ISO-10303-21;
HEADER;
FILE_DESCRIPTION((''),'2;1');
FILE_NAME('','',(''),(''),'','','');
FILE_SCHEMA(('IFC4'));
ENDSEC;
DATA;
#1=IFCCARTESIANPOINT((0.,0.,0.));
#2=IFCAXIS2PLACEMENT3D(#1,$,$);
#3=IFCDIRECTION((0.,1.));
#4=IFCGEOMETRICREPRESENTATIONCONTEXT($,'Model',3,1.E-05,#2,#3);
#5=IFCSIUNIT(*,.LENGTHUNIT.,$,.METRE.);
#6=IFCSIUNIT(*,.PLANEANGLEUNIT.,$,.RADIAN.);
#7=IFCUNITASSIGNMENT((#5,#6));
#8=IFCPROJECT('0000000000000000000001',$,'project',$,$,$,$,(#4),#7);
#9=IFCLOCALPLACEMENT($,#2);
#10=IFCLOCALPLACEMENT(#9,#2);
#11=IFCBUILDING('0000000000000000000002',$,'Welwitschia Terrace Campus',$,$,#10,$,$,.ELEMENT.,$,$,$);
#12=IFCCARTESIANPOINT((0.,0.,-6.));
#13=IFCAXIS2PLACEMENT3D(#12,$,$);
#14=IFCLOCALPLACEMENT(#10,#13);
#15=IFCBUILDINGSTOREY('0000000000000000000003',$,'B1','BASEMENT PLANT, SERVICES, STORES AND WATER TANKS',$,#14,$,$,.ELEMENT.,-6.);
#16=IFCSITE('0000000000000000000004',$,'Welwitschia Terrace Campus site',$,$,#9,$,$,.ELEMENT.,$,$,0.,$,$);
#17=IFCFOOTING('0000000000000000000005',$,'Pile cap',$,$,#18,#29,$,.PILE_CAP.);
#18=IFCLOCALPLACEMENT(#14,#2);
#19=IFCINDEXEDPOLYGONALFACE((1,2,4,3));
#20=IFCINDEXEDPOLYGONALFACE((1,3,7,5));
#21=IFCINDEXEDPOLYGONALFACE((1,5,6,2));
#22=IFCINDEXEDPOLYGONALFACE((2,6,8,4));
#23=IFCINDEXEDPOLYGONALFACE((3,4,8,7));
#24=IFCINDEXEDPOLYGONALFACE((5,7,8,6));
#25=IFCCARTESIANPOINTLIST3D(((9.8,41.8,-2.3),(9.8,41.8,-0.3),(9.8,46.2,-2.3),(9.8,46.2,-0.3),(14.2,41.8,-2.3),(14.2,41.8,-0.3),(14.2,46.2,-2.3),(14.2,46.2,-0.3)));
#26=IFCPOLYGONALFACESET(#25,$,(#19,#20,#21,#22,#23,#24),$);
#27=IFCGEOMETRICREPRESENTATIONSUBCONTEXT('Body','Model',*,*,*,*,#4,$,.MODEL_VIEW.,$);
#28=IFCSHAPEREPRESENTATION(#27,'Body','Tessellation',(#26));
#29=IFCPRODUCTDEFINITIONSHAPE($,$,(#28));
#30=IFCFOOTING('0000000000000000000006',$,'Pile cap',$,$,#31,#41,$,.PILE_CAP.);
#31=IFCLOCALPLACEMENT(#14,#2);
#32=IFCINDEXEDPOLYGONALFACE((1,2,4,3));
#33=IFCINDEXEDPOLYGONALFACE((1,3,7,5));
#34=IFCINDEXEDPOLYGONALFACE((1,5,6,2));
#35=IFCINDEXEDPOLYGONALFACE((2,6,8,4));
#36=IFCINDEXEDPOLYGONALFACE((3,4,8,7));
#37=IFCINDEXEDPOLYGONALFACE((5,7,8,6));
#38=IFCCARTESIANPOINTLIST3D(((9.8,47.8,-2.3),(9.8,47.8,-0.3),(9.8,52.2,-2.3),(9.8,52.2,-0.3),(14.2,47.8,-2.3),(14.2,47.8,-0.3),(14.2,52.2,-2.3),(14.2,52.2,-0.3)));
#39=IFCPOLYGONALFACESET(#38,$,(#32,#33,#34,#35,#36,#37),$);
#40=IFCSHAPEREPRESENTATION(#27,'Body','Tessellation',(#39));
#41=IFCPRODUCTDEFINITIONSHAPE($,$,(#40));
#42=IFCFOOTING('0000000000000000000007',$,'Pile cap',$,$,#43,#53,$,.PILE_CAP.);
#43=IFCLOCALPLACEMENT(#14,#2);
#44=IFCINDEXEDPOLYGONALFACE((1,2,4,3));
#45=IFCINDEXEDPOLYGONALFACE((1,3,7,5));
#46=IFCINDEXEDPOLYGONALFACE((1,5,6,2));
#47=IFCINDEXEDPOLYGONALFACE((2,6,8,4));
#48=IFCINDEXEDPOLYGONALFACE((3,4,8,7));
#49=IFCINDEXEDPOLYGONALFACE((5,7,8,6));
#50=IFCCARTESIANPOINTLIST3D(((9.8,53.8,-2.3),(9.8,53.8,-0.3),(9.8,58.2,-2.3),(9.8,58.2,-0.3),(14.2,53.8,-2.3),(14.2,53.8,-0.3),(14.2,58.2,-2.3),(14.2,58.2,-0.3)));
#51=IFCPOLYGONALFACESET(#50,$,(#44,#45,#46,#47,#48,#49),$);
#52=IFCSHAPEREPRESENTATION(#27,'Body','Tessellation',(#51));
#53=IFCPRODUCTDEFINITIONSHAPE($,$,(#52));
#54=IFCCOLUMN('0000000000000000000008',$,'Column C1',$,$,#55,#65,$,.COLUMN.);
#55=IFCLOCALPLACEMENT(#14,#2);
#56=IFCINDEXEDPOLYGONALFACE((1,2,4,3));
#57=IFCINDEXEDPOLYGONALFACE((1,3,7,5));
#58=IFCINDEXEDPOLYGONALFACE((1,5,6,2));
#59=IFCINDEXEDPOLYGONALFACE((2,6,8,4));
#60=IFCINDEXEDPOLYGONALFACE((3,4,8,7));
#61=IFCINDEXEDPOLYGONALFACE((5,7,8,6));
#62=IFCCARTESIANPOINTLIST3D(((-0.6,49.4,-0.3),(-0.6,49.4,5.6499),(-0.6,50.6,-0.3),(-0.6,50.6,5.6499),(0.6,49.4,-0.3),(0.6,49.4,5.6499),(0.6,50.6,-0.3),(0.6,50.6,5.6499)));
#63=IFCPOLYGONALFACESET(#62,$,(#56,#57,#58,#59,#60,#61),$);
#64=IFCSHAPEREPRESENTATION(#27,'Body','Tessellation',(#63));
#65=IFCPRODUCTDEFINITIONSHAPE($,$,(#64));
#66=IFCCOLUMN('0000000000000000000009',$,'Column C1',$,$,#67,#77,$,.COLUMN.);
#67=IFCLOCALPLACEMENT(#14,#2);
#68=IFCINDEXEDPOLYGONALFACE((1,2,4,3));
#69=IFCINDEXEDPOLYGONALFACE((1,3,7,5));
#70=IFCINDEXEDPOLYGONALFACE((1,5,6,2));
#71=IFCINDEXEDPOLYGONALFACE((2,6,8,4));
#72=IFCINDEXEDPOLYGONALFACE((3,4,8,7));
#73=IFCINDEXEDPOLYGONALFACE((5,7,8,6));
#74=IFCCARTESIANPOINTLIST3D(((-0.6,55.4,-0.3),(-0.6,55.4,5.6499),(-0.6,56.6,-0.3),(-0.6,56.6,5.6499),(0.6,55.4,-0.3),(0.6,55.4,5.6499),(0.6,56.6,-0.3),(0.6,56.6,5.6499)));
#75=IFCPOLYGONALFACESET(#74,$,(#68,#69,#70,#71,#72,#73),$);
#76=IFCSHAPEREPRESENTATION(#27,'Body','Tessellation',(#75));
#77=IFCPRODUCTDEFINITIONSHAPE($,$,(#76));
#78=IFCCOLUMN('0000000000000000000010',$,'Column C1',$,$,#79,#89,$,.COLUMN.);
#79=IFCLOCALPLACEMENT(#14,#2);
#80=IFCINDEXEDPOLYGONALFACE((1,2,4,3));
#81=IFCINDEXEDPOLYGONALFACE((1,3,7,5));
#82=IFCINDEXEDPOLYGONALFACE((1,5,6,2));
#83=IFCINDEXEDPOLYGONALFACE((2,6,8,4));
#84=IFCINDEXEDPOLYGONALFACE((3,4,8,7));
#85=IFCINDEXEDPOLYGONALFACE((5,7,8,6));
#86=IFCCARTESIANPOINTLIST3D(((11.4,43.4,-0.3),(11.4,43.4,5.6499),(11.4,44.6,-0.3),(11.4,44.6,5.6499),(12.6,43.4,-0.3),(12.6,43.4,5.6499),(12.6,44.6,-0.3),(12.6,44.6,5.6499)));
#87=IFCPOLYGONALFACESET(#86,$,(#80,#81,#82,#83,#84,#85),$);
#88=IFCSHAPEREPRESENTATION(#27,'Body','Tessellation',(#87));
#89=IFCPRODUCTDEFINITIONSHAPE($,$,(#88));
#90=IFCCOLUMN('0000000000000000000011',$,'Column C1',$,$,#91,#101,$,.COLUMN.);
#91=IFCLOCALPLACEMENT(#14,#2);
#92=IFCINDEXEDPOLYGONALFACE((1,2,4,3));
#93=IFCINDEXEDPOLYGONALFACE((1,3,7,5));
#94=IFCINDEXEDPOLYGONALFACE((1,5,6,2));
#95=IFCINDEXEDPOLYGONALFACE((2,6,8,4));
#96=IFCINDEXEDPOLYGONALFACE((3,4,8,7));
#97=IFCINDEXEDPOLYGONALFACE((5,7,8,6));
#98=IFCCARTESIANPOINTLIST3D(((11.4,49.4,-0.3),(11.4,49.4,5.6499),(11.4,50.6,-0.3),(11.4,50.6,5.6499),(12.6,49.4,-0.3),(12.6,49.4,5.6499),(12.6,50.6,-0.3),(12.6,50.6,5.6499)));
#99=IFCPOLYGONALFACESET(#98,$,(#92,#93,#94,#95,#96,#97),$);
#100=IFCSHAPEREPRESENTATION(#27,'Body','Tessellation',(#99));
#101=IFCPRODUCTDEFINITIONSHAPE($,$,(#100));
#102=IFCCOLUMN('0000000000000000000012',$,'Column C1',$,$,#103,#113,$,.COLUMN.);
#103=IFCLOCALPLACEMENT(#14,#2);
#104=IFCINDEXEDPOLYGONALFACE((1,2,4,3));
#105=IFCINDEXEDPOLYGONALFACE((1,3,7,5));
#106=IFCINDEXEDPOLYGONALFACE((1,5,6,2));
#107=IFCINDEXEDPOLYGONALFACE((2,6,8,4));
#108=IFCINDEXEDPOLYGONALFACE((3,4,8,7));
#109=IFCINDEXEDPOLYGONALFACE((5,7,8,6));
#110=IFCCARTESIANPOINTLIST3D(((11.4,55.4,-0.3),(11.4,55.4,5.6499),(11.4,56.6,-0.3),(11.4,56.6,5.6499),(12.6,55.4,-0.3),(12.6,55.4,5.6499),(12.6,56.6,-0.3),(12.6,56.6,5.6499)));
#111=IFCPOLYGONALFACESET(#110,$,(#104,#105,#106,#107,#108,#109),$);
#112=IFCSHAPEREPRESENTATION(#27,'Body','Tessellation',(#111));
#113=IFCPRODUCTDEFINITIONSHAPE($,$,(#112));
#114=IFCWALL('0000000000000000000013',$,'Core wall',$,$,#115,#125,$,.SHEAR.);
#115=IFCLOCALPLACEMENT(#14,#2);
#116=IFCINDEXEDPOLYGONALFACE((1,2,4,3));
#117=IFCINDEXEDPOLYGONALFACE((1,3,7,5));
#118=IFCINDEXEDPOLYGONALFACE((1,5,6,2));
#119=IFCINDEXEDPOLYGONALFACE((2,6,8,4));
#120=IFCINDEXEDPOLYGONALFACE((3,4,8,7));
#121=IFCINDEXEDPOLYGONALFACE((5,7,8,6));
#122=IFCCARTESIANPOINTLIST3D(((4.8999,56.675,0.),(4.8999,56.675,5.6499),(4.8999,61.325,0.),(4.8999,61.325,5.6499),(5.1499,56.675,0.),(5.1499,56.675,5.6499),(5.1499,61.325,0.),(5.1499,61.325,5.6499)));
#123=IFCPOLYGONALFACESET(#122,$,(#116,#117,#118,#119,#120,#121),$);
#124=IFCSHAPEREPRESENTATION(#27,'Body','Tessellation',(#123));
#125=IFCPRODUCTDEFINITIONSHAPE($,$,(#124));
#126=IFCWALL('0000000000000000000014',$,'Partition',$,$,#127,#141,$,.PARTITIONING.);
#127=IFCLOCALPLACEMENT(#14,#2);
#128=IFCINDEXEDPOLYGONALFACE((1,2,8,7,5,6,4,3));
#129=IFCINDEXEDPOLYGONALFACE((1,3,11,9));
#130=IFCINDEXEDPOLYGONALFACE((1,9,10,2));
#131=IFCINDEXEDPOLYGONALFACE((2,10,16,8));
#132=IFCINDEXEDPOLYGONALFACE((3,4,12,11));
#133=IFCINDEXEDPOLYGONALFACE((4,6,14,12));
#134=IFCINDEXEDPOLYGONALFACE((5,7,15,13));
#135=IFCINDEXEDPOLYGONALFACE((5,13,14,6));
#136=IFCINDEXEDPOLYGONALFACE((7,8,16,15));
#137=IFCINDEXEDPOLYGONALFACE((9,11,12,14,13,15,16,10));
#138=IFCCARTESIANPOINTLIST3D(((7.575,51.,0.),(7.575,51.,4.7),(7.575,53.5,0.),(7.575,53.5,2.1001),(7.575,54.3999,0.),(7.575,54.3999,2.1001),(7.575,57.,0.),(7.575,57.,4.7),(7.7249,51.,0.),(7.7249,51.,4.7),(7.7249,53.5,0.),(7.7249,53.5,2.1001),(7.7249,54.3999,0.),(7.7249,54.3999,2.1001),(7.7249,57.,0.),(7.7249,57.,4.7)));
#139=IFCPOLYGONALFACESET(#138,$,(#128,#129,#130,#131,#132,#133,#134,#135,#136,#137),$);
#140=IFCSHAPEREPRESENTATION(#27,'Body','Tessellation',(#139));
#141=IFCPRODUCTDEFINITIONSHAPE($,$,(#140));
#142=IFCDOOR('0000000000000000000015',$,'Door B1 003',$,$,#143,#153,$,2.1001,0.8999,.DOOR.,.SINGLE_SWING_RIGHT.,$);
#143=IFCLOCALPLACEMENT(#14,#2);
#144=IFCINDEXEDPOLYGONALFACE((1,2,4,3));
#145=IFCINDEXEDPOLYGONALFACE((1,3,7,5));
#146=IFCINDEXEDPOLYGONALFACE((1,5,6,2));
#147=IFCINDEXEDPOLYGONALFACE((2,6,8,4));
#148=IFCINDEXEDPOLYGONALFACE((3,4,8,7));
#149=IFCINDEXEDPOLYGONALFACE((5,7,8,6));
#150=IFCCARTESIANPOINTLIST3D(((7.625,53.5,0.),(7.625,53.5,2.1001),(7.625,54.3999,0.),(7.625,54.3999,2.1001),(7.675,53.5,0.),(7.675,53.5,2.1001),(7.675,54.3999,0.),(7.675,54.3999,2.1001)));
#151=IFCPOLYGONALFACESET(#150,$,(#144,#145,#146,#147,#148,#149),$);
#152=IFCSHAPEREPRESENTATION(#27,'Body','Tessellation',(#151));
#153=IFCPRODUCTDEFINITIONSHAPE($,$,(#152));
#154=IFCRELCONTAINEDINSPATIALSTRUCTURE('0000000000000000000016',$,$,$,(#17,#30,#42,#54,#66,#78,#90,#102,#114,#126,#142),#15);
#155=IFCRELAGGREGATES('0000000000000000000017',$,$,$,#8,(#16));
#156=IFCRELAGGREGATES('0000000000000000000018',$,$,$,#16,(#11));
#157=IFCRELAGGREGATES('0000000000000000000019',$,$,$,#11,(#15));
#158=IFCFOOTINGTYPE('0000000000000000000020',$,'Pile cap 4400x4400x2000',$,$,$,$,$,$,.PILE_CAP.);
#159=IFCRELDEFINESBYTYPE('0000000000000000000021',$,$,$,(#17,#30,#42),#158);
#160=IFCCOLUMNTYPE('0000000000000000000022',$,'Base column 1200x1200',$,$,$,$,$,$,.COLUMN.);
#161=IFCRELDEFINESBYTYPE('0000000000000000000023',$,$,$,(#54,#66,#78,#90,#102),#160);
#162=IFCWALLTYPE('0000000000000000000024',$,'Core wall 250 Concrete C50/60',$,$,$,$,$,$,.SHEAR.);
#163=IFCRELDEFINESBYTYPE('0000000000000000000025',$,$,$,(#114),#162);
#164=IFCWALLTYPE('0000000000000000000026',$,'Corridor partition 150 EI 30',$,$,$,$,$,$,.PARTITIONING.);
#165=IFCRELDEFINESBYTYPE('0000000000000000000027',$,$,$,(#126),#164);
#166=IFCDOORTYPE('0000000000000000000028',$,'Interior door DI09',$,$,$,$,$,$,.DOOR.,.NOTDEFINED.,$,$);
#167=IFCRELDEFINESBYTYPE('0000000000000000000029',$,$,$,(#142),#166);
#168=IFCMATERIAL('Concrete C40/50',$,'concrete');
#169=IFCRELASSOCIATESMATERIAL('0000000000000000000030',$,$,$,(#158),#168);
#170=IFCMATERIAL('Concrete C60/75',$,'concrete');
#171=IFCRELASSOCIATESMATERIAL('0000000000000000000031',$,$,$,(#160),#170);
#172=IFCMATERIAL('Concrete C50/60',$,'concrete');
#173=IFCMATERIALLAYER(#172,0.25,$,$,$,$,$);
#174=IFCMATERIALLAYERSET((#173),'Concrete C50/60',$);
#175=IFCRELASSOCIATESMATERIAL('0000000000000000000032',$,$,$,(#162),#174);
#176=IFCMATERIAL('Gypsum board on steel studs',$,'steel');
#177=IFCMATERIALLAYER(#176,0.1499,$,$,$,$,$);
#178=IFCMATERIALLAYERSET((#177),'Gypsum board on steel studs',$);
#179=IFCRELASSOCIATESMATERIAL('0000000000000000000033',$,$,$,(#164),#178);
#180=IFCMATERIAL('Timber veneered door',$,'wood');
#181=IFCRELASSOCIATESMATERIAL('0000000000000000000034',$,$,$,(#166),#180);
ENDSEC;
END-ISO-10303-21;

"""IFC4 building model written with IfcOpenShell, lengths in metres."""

from ifc_helpers import new_model, si_unit, direction, frame, frame_2d, origin, origin_2d, place, context, subcontext, project, spatial, rectangle, extrude, material, layer, layer_set, material_profile, profile_set, type_object, element, fill, save


model = new_model("IFC4")

# Units and contexts
model_context = context("Model", 3, precision=1e-05, world=origin(), true_north=direction((0.0, 1.0)))
body_context = subcontext(model_context, "Body", "Model", "MODEL_VIEW")
ifc_project = project(units=[si_unit("LENGTHUNIT", "METRE"), si_unit("PLANEANGLEUNIT", "RADIAN")], contexts=[model_context])

# Site, building, storey
site_placement = place(None, origin())
site = spatial("IfcSite", under=ifc_project, at=site_placement, Name="Welwitschia Terrace Campus site", CompositionType="ELEMENT", RefElevation=0.0)
building_placement = place(site_placement, origin())
building = spatial("IfcBuilding", under=site, at=building_placement, Name="Welwitschia Terrace Campus", CompositionType="ELEMENT")
storey_placement = place(building_placement, frame((0.0, 0.0, -6.0)))
storey = spatial("IfcBuildingStorey", under=building, at=storey_placement, Name="B1", Description="BASEMENT PLANT, SERVICES, STORES AND WATER TANKS", CompositionType="ELEMENT", Elevation=-6.0)

# Footings
ifc_material_1 = material(Name="Concrete C40/50", Category="concrete")
footing_type = type_object("IfcFootingType", Name="Pile cap 4400x4400x2000", PredefinedType="PILE_CAP", material=ifc_material_1)
for number, where, z_axis, x_axis, name in (
    (1, (12.0, 44.0, -2.3), (0.0, 0.0, 1.0), (1.0, 0.0, 0.0), "Pile cap"),
    (2, (12.0, 50.0, -2.3), (0.0, 0.0, 1.0), (1.0, 0.0, 0.0), "Pile cap"),
    (3, (12.0, 56.0, -2.3), (0.0, 0.0, 1.0), (1.0, 0.0, 0.0), "Pile cap"),
):
    element("IfcFooting", number, at=place(storey_placement, frame(where, z_axis=z_axis, x_axis=x_axis)), inside=storey, type_object=footing_type, Name=name, PredefinedType="PILE_CAP", context=body_context, shape_type="SweptSolid", body=[
        extrude(rectangle(XDim=4.3999, YDim=4.3999, at=origin_2d()), origin(), (0.0, 0.0, 1.0), 2.0),
    ])

# Columns
ifc_material_2 = material(Name="Concrete C60/75", Category="concrete")
ifc_material_profile = material_profile(ifc_material_2, rectangle(XDim=1.2, YDim=1.2, at=origin_2d()))
ifc_profile_set = profile_set([ifc_material_profile], Name="Concrete C60/75")
column_type = type_object("IfcColumnType", Name="Base column 1200x1200", PredefinedType="COLUMN", material=ifc_profile_set)
for number, where, z_axis, x_axis, name in (
    (4, (0.0, 50.0, -0.3), (0.0, 0.0, 1.0), (1.0, 0.0, 0.0), "Column C1"),
    (5, (0.0, 56.0, -0.3), (0.0, 0.0, 1.0), (1.0, 0.0, 0.0), "Column C1"),
    (6, (12.0, 44.0, -0.3), (0.0, 0.0, 1.0), (1.0, 0.0, 0.0), "Column C1"),
    (7, (12.0, 50.0, -0.3), (0.0, 0.0, 1.0), (1.0, 0.0, 0.0), "Column C1"),
    (8, (12.0, 56.0, -0.3), (0.0, 0.0, 1.0), (1.0, 0.0, 0.0), "Column C1"),
):
    element("IfcColumn", number, at=place(storey_placement, frame(where, z_axis=z_axis, x_axis=x_axis)), inside=storey, type_object=column_type, Name=name, PredefinedType="COLUMN", context=body_context, shape_type="SweptSolid", body=[
        extrude(rectangle(XDim=1.2, YDim=1.2, at=origin_2d()), origin(), (0.0, 0.0, 1.0), 5.95),
    ])

# Wall
ifc_material_3 = material(Name="Concrete C50/60", Category="concrete")
ifc_layer_1 = layer(ifc_material_3, 0.25)
ifc_layer_set_1 = layer_set([ifc_layer_1], Name="Concrete C50/60")
wall_type_1 = type_object("IfcWallType", Name="Core wall 250 Concrete C50/60", PredefinedType="SHEAR", material=ifc_layer_set_1)
wall_1_placement = place(storey_placement, frame((5.0249, 56.675, 0.0), z_axis=(0.0, 0.0, 1.0), x_axis=(0.0, 1.0, 0.0)))
element("IfcWall", 9, at=wall_1_placement, inside=storey, type_object=wall_type_1, Name="Core wall", PredefinedType="SHEAR", context=body_context, shape_type="SweptSolid", body=[
    extrude(rectangle(XDim=4.6499, YDim=0.25, at=frame_2d((2.325, 0.0))), origin(), (0.0, 0.0, 1.0), 5.6499),
])

# Wall, opening, door
ifc_material_4 = material(Name="Gypsum board on steel studs", Category="steel")
ifc_layer_2 = layer(ifc_material_4, 0.1499)
ifc_layer_set_2 = layer_set([ifc_layer_2], Name="Gypsum board on steel studs")
wall_type_2 = type_object("IfcWallType", Name="Corridor partition 150 EI 30", PredefinedType="PARTITIONING", material=ifc_layer_set_2)
wall_2_placement = place(storey_placement, frame((7.6499, 51.0, 0.0), z_axis=(0.0, 0.0, 1.0), x_axis=(0.0, 1.0, 0.0)))
wall_2 = element("IfcWall", 10, at=wall_2_placement, inside=storey, type_object=wall_type_2, Name="Partition", PredefinedType="PARTITIONING", context=body_context, shape_type="SweptSolid", body=[
    extrude(rectangle(XDim=6.0, YDim=0.1499, at=frame_2d((3.0, 0.0))), origin(), (0.0, 0.0, 1.0), 4.7),
])
opening_placement = place(wall_2_placement, frame((2.5, 0.0, 0.0)))
opening = element("IfcOpeningElement", 11, at=opening_placement, cuts=wall_2, PredefinedType="OPENING", context=body_context, shape_type="SweptSolid", body=[
    extrude(rectangle(XDim=0.8999, YDim=2.1001, at=frame_2d((0.45, 1.05))), frame((0.0, 0.085, 0.0), z_axis=(0.0, -1.0, 0.0), x_axis=(1.0, 0.0, 0.0)), (0.0, 0.0, 1.0), 0.1699),
])
ifc_material_5 = material(Name="Timber veneered door", Category="wood")
door_type = type_object("IfcDoorType", Name="Interior door DI09", OperationType="NOTDEFINED", PredefinedType="DOOR", material=ifc_material_5)
door_placement = place(opening_placement, origin())
door = element("IfcDoor", 12, at=door_placement, inside=storey, type_object=door_type, Name="Door B1 003", OperationType="SINGLE_SWING_RIGHT", OverallHeight=2.1001, OverallWidth=0.8999, PredefinedType="DOOR", context=body_context, shape_type="SweptSolid", body=[
    extrude(rectangle(XDim=0.8999, YDim=2.1001, at=frame_2d((0.45, 1.05))), frame((0.0, 0.0249, 0.0), z_axis=(0.0, -1.0, 0.0), x_axis=(1.0, 0.0, 0.0)), (0.0, 0.0, 1.0), 0.05),
])
fill(opening, door)

save(model, "model.ifc")
